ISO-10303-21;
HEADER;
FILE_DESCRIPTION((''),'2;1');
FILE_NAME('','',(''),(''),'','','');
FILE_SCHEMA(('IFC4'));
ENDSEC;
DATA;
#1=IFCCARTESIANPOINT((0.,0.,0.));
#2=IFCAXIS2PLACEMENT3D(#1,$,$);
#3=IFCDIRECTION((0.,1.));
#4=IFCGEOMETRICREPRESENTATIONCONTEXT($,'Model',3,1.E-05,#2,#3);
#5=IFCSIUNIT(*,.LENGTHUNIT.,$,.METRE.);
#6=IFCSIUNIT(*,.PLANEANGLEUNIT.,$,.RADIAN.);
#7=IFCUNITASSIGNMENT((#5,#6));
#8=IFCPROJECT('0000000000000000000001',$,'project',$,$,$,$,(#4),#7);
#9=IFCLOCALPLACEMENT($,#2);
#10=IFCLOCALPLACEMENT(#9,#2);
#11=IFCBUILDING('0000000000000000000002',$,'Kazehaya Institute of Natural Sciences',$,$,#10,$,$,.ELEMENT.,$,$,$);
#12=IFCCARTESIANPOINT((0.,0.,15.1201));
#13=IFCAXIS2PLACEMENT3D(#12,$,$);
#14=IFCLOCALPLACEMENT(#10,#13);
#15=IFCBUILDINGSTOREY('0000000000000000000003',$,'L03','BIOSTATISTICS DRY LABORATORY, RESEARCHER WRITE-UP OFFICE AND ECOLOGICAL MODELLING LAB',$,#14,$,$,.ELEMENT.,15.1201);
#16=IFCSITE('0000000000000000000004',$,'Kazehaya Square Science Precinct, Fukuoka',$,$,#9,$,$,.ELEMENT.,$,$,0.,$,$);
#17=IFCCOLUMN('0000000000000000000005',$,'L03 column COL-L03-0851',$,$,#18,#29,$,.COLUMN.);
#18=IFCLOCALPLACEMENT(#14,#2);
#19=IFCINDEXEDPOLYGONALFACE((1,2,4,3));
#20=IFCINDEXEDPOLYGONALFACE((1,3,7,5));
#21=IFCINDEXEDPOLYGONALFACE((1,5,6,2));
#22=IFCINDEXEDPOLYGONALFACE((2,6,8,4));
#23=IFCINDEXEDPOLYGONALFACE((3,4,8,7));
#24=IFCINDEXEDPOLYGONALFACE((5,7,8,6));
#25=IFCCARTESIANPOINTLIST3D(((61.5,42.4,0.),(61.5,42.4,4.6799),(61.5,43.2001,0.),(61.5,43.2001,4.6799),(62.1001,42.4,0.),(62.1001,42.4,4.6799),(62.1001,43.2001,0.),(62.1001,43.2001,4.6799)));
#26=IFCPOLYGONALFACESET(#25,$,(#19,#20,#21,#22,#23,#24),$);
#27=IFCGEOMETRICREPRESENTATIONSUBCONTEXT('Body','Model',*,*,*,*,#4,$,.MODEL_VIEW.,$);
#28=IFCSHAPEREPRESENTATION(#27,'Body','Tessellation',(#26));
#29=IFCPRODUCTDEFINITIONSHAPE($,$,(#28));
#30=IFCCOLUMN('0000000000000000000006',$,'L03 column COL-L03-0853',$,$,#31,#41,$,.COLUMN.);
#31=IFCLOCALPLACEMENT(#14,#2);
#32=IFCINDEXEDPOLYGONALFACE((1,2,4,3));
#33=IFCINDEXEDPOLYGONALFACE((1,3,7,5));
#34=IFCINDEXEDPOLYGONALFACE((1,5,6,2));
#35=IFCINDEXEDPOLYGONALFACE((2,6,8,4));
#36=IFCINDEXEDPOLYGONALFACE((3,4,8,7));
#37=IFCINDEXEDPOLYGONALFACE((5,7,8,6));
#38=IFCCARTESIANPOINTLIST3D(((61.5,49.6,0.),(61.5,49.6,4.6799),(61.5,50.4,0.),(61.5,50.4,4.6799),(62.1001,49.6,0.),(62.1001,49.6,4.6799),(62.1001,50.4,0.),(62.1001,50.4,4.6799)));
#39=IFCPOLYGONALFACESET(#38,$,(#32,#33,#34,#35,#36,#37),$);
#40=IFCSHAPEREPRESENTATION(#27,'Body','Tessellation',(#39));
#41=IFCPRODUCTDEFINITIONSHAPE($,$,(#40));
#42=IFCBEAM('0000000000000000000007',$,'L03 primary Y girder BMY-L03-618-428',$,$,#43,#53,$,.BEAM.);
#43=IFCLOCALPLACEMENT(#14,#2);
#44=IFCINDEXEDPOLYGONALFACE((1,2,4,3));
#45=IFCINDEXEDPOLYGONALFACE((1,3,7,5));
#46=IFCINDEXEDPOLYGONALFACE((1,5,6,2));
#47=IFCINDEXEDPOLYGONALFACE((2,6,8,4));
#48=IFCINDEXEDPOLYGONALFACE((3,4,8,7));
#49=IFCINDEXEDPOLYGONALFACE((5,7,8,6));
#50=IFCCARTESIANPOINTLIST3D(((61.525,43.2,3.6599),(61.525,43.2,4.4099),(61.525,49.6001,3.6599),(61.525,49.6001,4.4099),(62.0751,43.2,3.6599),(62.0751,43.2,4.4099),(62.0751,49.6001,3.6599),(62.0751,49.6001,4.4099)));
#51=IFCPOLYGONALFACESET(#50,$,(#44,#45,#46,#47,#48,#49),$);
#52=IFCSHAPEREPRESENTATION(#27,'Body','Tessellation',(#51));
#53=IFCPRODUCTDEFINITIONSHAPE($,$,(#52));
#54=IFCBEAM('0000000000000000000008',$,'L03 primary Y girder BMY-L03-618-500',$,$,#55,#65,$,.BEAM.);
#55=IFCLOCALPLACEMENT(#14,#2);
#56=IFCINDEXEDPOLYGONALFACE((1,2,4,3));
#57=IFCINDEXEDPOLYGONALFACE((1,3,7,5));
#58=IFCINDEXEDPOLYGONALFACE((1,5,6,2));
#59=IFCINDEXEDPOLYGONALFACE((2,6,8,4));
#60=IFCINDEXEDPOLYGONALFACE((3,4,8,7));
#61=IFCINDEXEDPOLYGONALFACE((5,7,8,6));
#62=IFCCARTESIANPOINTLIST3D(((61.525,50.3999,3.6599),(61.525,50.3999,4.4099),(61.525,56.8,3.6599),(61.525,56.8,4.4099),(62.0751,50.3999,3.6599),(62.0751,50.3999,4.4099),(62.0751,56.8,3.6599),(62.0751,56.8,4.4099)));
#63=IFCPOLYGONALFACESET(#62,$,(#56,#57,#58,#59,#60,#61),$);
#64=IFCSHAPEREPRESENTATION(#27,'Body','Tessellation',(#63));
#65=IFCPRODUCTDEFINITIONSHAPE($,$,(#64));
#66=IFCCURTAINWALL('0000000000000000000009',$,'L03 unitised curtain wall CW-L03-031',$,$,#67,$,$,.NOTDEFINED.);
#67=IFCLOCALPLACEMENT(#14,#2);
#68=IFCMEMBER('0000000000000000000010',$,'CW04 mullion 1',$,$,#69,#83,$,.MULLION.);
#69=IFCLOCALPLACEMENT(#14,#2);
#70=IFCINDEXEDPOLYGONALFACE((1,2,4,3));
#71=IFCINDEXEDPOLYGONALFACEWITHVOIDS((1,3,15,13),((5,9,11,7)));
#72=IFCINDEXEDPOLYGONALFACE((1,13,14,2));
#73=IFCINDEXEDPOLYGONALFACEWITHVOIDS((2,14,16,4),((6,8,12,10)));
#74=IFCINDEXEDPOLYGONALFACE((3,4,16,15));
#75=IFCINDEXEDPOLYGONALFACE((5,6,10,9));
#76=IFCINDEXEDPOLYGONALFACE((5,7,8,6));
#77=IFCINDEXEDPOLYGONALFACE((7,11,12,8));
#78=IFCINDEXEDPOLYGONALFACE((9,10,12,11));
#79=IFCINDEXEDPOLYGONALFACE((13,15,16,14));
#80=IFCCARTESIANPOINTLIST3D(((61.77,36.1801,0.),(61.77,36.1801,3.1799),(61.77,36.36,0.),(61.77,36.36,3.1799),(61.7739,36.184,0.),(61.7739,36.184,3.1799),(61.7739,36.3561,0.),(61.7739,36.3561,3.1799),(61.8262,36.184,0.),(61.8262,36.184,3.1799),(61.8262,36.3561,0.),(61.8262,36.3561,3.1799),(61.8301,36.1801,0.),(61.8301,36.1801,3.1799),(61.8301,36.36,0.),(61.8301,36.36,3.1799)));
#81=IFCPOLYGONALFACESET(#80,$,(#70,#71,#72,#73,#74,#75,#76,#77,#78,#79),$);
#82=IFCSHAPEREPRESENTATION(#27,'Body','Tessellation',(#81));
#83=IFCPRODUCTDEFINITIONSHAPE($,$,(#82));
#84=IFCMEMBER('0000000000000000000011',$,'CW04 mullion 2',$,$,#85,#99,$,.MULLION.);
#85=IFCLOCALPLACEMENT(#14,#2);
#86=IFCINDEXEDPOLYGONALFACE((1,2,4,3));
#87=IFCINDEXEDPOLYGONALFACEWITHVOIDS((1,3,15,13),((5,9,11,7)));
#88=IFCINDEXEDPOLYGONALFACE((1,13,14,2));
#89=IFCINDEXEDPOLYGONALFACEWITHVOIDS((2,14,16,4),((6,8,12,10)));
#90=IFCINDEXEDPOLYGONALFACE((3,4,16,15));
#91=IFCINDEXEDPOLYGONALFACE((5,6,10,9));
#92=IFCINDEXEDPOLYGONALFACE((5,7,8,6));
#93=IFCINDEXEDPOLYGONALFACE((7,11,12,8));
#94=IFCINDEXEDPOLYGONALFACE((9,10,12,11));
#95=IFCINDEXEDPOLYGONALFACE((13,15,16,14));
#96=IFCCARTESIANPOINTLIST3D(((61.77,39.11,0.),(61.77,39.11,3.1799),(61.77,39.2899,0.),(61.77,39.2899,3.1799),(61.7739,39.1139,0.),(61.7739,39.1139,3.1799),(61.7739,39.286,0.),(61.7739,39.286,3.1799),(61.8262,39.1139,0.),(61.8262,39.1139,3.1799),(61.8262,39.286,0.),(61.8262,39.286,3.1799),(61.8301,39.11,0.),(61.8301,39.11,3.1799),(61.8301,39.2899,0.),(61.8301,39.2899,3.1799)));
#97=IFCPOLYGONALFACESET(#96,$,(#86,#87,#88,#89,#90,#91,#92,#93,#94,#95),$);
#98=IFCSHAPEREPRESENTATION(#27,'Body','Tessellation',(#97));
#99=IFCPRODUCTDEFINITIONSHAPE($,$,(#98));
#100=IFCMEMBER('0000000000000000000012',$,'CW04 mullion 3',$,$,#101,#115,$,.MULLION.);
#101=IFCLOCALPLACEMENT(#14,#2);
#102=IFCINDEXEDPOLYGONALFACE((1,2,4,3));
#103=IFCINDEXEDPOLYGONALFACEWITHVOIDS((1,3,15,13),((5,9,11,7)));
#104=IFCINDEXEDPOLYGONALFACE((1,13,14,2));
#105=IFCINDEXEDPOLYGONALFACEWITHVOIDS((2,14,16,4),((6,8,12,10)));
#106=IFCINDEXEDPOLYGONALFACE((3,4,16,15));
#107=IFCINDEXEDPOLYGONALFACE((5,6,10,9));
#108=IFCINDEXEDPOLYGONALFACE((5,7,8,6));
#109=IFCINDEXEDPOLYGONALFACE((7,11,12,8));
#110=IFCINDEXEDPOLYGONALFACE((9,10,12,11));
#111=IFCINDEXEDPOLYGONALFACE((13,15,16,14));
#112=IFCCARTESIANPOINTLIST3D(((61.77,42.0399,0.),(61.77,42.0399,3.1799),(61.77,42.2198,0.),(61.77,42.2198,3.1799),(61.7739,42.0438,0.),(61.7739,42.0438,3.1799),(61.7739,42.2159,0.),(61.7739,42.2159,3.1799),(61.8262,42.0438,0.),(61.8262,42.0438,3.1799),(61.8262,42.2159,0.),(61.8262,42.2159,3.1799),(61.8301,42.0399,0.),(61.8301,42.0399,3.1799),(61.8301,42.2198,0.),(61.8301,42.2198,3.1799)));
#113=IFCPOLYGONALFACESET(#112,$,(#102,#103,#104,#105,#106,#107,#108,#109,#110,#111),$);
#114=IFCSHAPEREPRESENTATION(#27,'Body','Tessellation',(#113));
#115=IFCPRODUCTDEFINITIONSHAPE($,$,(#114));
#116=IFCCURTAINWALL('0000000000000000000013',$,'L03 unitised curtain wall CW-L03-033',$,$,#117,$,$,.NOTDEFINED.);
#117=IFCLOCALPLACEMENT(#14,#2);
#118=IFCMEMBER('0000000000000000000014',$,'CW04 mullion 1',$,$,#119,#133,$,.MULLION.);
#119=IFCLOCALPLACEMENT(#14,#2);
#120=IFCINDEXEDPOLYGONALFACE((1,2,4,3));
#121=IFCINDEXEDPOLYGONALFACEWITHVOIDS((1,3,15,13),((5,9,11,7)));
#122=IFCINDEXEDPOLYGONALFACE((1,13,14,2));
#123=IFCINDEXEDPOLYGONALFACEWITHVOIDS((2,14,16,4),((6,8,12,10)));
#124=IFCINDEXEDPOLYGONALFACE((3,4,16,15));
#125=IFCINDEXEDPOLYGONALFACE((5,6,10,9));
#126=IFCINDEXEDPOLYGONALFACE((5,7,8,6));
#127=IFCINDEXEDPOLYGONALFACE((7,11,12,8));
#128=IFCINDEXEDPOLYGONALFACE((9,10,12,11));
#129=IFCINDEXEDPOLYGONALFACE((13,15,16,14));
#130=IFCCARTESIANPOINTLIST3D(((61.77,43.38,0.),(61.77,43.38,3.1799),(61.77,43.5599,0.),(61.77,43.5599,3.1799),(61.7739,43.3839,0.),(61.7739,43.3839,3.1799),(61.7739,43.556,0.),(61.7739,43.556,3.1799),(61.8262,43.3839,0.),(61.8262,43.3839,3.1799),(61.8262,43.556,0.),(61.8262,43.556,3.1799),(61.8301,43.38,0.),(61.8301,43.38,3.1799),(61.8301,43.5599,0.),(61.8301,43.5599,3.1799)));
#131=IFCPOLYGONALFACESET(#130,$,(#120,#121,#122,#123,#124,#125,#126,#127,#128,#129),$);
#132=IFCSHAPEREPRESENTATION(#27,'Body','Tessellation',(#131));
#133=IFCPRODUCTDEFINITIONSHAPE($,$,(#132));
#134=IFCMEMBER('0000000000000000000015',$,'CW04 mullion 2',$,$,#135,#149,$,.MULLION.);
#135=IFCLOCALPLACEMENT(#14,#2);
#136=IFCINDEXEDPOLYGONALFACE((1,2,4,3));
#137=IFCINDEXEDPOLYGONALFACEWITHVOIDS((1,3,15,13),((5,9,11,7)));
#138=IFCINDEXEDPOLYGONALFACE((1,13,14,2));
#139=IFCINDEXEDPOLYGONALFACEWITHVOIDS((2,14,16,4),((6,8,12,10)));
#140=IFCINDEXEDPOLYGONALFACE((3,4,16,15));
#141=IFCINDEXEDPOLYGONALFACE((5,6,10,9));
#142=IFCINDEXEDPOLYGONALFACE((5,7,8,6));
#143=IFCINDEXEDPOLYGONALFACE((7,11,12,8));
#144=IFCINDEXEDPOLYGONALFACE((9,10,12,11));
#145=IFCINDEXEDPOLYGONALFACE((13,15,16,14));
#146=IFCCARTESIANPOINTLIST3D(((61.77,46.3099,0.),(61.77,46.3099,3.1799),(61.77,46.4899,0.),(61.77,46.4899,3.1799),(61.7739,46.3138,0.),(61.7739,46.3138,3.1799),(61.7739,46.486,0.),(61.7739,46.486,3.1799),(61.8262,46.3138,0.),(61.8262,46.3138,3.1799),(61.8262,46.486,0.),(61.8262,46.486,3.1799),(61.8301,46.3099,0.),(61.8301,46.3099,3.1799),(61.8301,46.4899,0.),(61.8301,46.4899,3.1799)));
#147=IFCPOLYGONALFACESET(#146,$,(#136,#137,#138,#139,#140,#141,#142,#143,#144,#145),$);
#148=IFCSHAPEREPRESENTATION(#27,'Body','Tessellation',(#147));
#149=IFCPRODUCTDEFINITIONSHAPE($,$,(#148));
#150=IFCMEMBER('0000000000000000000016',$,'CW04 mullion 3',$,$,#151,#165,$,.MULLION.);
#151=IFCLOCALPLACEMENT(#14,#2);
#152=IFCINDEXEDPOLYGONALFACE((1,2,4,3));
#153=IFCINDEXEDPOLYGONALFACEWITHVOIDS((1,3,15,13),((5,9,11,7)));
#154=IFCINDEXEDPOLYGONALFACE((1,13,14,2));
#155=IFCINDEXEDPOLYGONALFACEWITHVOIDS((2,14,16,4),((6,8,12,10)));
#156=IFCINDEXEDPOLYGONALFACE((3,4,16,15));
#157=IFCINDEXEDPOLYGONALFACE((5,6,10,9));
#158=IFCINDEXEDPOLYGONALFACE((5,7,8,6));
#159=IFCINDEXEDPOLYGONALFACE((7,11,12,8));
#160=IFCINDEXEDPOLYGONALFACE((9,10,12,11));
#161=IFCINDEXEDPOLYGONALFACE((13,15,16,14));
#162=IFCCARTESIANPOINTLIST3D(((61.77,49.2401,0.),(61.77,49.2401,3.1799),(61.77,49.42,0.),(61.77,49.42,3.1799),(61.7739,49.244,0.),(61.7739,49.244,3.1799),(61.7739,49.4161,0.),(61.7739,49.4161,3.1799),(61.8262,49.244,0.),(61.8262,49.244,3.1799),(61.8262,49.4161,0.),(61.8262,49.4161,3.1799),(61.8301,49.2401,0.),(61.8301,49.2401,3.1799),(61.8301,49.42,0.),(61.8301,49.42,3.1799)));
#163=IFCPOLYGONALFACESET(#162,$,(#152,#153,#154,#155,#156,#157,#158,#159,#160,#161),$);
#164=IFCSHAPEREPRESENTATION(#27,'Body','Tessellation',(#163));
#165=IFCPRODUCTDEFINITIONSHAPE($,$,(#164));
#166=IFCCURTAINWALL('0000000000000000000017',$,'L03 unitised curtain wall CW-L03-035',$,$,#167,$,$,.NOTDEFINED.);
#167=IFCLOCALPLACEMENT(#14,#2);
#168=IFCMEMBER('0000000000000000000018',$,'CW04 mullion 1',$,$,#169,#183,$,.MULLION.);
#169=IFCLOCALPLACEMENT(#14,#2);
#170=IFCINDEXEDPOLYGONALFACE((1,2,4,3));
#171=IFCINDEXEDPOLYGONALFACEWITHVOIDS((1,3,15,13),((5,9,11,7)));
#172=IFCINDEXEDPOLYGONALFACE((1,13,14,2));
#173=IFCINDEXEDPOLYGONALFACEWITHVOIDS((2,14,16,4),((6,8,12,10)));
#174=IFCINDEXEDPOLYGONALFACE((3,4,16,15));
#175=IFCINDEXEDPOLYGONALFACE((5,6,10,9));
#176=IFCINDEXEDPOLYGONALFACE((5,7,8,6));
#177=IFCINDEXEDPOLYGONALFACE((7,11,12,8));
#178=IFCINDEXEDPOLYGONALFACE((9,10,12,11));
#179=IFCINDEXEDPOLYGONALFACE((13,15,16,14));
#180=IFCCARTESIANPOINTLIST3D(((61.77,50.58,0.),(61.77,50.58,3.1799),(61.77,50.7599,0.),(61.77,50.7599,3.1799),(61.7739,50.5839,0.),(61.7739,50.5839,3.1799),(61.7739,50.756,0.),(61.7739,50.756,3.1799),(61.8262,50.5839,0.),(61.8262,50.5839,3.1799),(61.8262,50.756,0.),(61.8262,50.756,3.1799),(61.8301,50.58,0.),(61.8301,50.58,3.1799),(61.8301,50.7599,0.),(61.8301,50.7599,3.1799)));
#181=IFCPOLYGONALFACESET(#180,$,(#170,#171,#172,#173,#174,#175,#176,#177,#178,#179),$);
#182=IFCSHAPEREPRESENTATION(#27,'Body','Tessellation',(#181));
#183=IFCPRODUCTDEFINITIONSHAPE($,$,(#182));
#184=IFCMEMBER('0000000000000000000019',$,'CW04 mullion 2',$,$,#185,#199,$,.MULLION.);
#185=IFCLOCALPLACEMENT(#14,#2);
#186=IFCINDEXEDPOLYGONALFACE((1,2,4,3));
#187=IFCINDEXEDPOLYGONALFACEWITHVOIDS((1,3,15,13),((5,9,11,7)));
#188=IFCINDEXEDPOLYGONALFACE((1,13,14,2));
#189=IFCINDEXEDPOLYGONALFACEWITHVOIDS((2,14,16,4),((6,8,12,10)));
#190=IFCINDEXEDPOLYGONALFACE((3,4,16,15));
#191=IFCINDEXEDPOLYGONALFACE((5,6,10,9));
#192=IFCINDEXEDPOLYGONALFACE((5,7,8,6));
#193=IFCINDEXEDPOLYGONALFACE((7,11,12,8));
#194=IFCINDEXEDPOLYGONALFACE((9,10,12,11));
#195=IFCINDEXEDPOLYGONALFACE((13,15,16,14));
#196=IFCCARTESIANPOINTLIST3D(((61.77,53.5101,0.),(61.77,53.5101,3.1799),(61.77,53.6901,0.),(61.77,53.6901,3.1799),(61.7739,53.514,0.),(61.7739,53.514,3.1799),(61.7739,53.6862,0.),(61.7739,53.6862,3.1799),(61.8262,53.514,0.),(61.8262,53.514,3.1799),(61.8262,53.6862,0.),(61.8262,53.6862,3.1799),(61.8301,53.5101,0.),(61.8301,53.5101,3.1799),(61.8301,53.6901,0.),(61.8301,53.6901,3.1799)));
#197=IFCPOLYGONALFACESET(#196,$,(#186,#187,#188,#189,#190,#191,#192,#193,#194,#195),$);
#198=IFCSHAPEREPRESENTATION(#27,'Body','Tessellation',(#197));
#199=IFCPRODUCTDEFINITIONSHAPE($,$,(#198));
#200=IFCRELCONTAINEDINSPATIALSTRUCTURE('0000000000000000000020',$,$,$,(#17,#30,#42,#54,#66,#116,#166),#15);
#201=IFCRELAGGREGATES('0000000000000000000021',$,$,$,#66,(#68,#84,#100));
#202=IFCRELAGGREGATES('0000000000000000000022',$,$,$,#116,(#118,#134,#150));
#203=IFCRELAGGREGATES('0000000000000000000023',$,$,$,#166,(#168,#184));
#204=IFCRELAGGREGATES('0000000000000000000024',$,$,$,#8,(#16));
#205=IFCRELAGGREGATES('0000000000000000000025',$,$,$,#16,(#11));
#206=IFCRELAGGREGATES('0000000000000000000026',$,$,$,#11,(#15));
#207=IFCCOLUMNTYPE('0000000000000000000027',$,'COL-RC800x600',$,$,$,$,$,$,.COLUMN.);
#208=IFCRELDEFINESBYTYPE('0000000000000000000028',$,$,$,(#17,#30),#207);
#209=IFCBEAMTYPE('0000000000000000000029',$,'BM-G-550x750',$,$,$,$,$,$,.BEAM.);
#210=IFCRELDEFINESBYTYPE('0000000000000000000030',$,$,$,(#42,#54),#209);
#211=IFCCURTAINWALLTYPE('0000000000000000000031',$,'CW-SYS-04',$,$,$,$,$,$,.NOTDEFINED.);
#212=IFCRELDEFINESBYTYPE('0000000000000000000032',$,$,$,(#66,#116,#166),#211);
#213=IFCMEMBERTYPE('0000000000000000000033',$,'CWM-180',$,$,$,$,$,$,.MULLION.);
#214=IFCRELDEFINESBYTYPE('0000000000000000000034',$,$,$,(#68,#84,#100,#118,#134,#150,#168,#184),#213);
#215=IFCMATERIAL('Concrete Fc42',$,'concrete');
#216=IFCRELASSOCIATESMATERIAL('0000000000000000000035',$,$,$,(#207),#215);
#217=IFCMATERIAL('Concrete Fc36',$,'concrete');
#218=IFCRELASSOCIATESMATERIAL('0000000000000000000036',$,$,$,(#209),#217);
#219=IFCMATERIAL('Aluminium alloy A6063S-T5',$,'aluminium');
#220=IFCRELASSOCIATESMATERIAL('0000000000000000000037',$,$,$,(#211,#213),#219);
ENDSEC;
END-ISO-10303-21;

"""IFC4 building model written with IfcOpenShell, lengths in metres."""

from ifc_helpers import new_model, si_unit, direction, frame, origin, origin_2d, place, context, subcontext, project, spatial, rectangle, hollow_rectangle, extrude, material, material_profile, profile_set, type_object, element, aggregate, save


model = new_model("IFC4")

# Units and contexts
model_context = context("Model", 3, precision=1e-05, world=origin(), true_north=direction((0.0, 1.0)))
body_context = subcontext(model_context, "Body", "Model", "MODEL_VIEW")
ifc_project = project(units=[si_unit("LENGTHUNIT", "METRE"), si_unit("PLANEANGLEUNIT", "RADIAN")], contexts=[model_context])

# Site, building, storey
site_placement = place(None, origin())
site = spatial("IfcSite", under=ifc_project, at=site_placement, Name="Kazehaya Square Science Precinct, Fukuoka", CompositionType="ELEMENT", RefElevation=0.0)
building_placement = place(site_placement, origin())
building = spatial("IfcBuilding", under=site, at=building_placement, Name="Kazehaya Institute of Natural Sciences", CompositionType="ELEMENT")
storey_placement = place(building_placement, frame((0.0, 0.0, 15.1201)))
storey = spatial("IfcBuildingStorey", under=building, at=storey_placement, Name="L03", Description="BIOSTATISTICS DRY LABORATORY, RESEARCHER WRITE-UP OFFICE AND ECOLOGICAL MODELLING LAB", CompositionType="ELEMENT", Elevation=15.1201)

# Columns
ifc_material_1 = material(Name="Concrete Fc42", Category="concrete")
ifc_material_profile_1 = material_profile(ifc_material_1, rectangle(XDim=0.6001, YDim=0.8, at=origin_2d()), Name="RC-800x600")
ifc_profile_set_1 = profile_set([ifc_material_profile_1], Name="Concrete Fc42")
column_type = type_object("IfcColumnType", Name="COL-RC800x600", PredefinedType="COLUMN", material=ifc_profile_set_1)
for number, where, z_axis, x_axis, name in (
    (1, (61.8, 42.8, 0.0), (0.0, 0.0, 1.0), (1.0, 0.0, 0.0), "L03 column COL-L03-0851"),
    (2, (61.8, 50.0, 0.0), (0.0, 0.0, 1.0), (1.0, 0.0, 0.0), "L03 column COL-L03-0853"),
):
    element("IfcColumn", number, at=place(storey_placement, frame(where, z_axis=z_axis, x_axis=x_axis)), inside=storey, type_object=column_type, Name=name, PredefinedType="COLUMN", context=body_context, shape_type="SweptSolid", body=[
        extrude(rectangle(XDim=0.6001, YDim=0.8, at=origin_2d()), origin(), (0.0, 0.0, 1.0), 4.6799),
    ])

# Beams
ifc_material_2 = material(Name="Concrete Fc36", Category="concrete")
ifc_material_profile_2 = material_profile(ifc_material_2, rectangle(XDim=0.55, YDim=0.75, at=origin_2d()), Name="RC-550x750")
ifc_profile_set_2 = profile_set([ifc_material_profile_2], Name="Concrete Fc36")
beam_type = type_object("IfcBeamType", Name="BM-G-550x750", PredefinedType="BEAM", material=ifc_profile_set_2)
for number, where, z_axis, x_axis, name in (
    (3, (61.8, 43.2, 4.0349), (0.0, 1.0, 0.0), (-1.0, 0.0, 0.0), "L03 primary Y girder BMY-L03-618-428"),
    (4, (61.8, 50.3999, 4.0349), (0.0, 1.0, 0.0), (-1.0, 0.0, 0.0), "L03 primary Y girder BMY-L03-618-500"),
):
    element("IfcBeam", number, at=place(storey_placement, frame(where, z_axis=z_axis, x_axis=x_axis)), inside=storey, type_object=beam_type, Name=name, PredefinedType="BEAM", context=body_context, shape_type="SweptSolid", body=[
        extrude(rectangle(XDim=0.55, YDim=0.75, at=origin_2d()), origin(), (0.0, 0.0, 1.0), 6.4001),
    ])

# Curtain walls, members
ifc_material_3 = material(Name="Aluminium alloy A6063S-T5", Category="aluminium")
curtain_wall_type = type_object("IfcCurtainWallType", Name="CW-SYS-04", PredefinedType="NOTDEFINED", material=ifc_material_3)
curtain_wall_1_placement = place(storey_placement, origin())
curtain_wall_1 = element("IfcCurtainWall", 5, at=curtain_wall_1_placement, inside=storey, type_object=curtain_wall_type, Name="L03 unitised curtain wall CW-L03-031", PredefinedType="NOTDEFINED")
ifc_material_profile_3 = material_profile(ifc_material_3, hollow_rectangle(XDim=0.0601, YDim=0.1799, WallThickness=0.0039, at=origin_2d()), Name="ALU-60x180x4")
ifc_profile_set_3 = profile_set([ifc_material_profile_3], Name="Aluminium alloy A6063S-T5")
member_type_1 = type_object("IfcMemberType", Name="CWM-180", PredefinedType="MULLION", material=ifc_profile_set_3)
member_1_placement = place(storey_placement, frame((61.8, 36.27, 0.0), z_axis=(0.0, 0.0, 1.0), x_axis=(-1.0, 0.0, 0.0)))
member_1 = element("IfcMember", 6, at=member_1_placement, type_object=member_type_1, Name="CW04 mullion 1", PredefinedType="MULLION", context=body_context, shape_type="SweptSolid", body=[
    extrude(hollow_rectangle(XDim=0.0601, YDim=0.1799, WallThickness=0.0039, at=origin_2d()), origin(), (0.0, 0.0, 1.0), 3.1799),
])
member_2_placement = place(storey_placement, frame((61.8, 39.2, 0.0), z_axis=(0.0, 0.0, 1.0), x_axis=(-1.0, 0.0, 0.0)))
member_2 = element("IfcMember", 7, at=member_2_placement, type_object=member_type_1, Name="CW04 mullion 2", PredefinedType="MULLION", context=body_context, shape_type="SweptSolid", body=[
    extrude(hollow_rectangle(XDim=0.0601, YDim=0.1799, WallThickness=0.0039, at=origin_2d()), origin(), (0.0, 0.0, 1.0), 3.1799),
])
member_3_placement = place(storey_placement, frame((61.8, 42.1299, 0.0), z_axis=(0.0, 0.0, 1.0), x_axis=(-1.0, 0.0, 0.0)))
member_3 = element("IfcMember", 8, at=member_3_placement, type_object=member_type_1, Name="CW04 mullion 3", PredefinedType="MULLION", context=body_context, shape_type="SweptSolid", body=[
    extrude(hollow_rectangle(XDim=0.0601, YDim=0.1799, WallThickness=0.0039, at=origin_2d()), origin(), (0.0, 0.0, 1.0), 3.1799),
])
curtain_wall_2_placement = place(storey_placement, origin())
curtain_wall_2 = element("IfcCurtainWall", 9, at=curtain_wall_2_placement, inside=storey, type_object=curtain_wall_type, Name="L03 unitised curtain wall CW-L03-033", PredefinedType="NOTDEFINED")
member_4_placement = place(storey_placement, frame((61.8, 43.47, 0.0), z_axis=(0.0, 0.0, 1.0), x_axis=(-1.0, 0.0, 0.0)))
member_4 = element("IfcMember", 10, at=member_4_placement, type_object=member_type_1, Name="CW04 mullion 1", PredefinedType="MULLION", context=body_context, shape_type="SweptSolid", body=[
    extrude(hollow_rectangle(XDim=0.0601, YDim=0.1799, WallThickness=0.0039, at=origin_2d()), origin(), (0.0, 0.0, 1.0), 3.1799),
])
member_5_placement = place(storey_placement, frame((61.8, 46.3999, 0.0), z_axis=(0.0, 0.0, 1.0), x_axis=(-1.0, 0.0, 0.0)))
member_5 = element("IfcMember", 11, at=member_5_placement, type_object=member_type_1, Name="CW04 mullion 2", PredefinedType="MULLION", context=body_context, shape_type="SweptSolid", body=[
    extrude(hollow_rectangle(XDim=0.0601, YDim=0.1799, WallThickness=0.0039, at=origin_2d()), origin(), (0.0, 0.0, 1.0), 3.1799),
])
member_6_placement = place(storey_placement, frame((61.8, 49.3301, 0.0), z_axis=(0.0, 0.0, 1.0), x_axis=(-1.0, 0.0, 0.0)))
member_6 = element("IfcMember", 12, at=member_6_placement, type_object=member_type_1, Name="CW04 mullion 3", PredefinedType="MULLION", context=body_context, shape_type="SweptSolid", body=[
    extrude(hollow_rectangle(XDim=0.0601, YDim=0.1799, WallThickness=0.0039, at=origin_2d()), origin(), (0.0, 0.0, 1.0), 3.1799),
])
curtain_wall_3_placement = place(storey_placement, origin())
curtain_wall_3 = element("IfcCurtainWall", 13, at=curtain_wall_3_placement, inside=storey, type_object=curtain_wall_type, Name="L03 unitised curtain wall CW-L03-035", PredefinedType="NOTDEFINED")
member_7_placement = place(storey_placement, frame((61.8, 50.6699, 0.0), z_axis=(0.0, 0.0, 1.0), x_axis=(-1.0, 0.0, 0.0)))
member_7 = element("IfcMember", 14, at=member_7_placement, type_object=member_type_1, Name="CW04 mullion 1", PredefinedType="MULLION", context=body_context, shape_type="SweptSolid", body=[
    extrude(hollow_rectangle(XDim=0.0601, YDim=0.1799, WallThickness=0.0039, at=origin_2d()), origin(), (0.0, 0.0, 1.0), 3.1799),
])
member_8_placement = place(storey_placement, frame((61.8, 53.6001, 0.0), z_axis=(0.0, 0.0, 1.0), x_axis=(-1.0, 0.0, 0.0)))
member_8 = element("IfcMember", 15, at=member_8_placement, type_object=member_type_1, Name="CW04 mullion 2", PredefinedType="MULLION", context=body_context, shape_type="SweptSolid", body=[
    extrude(hollow_rectangle(XDim=0.0601, YDim=0.1799, WallThickness=0.0039, at=origin_2d()), origin(), (0.0, 0.0, 1.0), 3.1799),
])

aggregate(curtain_wall_1, [member_1, member_2, member_3])
aggregate(curtain_wall_2, [member_4, member_5, member_6])
aggregate(curtain_wall_3, [member_7, member_8])

save(model, "model.ifc")
